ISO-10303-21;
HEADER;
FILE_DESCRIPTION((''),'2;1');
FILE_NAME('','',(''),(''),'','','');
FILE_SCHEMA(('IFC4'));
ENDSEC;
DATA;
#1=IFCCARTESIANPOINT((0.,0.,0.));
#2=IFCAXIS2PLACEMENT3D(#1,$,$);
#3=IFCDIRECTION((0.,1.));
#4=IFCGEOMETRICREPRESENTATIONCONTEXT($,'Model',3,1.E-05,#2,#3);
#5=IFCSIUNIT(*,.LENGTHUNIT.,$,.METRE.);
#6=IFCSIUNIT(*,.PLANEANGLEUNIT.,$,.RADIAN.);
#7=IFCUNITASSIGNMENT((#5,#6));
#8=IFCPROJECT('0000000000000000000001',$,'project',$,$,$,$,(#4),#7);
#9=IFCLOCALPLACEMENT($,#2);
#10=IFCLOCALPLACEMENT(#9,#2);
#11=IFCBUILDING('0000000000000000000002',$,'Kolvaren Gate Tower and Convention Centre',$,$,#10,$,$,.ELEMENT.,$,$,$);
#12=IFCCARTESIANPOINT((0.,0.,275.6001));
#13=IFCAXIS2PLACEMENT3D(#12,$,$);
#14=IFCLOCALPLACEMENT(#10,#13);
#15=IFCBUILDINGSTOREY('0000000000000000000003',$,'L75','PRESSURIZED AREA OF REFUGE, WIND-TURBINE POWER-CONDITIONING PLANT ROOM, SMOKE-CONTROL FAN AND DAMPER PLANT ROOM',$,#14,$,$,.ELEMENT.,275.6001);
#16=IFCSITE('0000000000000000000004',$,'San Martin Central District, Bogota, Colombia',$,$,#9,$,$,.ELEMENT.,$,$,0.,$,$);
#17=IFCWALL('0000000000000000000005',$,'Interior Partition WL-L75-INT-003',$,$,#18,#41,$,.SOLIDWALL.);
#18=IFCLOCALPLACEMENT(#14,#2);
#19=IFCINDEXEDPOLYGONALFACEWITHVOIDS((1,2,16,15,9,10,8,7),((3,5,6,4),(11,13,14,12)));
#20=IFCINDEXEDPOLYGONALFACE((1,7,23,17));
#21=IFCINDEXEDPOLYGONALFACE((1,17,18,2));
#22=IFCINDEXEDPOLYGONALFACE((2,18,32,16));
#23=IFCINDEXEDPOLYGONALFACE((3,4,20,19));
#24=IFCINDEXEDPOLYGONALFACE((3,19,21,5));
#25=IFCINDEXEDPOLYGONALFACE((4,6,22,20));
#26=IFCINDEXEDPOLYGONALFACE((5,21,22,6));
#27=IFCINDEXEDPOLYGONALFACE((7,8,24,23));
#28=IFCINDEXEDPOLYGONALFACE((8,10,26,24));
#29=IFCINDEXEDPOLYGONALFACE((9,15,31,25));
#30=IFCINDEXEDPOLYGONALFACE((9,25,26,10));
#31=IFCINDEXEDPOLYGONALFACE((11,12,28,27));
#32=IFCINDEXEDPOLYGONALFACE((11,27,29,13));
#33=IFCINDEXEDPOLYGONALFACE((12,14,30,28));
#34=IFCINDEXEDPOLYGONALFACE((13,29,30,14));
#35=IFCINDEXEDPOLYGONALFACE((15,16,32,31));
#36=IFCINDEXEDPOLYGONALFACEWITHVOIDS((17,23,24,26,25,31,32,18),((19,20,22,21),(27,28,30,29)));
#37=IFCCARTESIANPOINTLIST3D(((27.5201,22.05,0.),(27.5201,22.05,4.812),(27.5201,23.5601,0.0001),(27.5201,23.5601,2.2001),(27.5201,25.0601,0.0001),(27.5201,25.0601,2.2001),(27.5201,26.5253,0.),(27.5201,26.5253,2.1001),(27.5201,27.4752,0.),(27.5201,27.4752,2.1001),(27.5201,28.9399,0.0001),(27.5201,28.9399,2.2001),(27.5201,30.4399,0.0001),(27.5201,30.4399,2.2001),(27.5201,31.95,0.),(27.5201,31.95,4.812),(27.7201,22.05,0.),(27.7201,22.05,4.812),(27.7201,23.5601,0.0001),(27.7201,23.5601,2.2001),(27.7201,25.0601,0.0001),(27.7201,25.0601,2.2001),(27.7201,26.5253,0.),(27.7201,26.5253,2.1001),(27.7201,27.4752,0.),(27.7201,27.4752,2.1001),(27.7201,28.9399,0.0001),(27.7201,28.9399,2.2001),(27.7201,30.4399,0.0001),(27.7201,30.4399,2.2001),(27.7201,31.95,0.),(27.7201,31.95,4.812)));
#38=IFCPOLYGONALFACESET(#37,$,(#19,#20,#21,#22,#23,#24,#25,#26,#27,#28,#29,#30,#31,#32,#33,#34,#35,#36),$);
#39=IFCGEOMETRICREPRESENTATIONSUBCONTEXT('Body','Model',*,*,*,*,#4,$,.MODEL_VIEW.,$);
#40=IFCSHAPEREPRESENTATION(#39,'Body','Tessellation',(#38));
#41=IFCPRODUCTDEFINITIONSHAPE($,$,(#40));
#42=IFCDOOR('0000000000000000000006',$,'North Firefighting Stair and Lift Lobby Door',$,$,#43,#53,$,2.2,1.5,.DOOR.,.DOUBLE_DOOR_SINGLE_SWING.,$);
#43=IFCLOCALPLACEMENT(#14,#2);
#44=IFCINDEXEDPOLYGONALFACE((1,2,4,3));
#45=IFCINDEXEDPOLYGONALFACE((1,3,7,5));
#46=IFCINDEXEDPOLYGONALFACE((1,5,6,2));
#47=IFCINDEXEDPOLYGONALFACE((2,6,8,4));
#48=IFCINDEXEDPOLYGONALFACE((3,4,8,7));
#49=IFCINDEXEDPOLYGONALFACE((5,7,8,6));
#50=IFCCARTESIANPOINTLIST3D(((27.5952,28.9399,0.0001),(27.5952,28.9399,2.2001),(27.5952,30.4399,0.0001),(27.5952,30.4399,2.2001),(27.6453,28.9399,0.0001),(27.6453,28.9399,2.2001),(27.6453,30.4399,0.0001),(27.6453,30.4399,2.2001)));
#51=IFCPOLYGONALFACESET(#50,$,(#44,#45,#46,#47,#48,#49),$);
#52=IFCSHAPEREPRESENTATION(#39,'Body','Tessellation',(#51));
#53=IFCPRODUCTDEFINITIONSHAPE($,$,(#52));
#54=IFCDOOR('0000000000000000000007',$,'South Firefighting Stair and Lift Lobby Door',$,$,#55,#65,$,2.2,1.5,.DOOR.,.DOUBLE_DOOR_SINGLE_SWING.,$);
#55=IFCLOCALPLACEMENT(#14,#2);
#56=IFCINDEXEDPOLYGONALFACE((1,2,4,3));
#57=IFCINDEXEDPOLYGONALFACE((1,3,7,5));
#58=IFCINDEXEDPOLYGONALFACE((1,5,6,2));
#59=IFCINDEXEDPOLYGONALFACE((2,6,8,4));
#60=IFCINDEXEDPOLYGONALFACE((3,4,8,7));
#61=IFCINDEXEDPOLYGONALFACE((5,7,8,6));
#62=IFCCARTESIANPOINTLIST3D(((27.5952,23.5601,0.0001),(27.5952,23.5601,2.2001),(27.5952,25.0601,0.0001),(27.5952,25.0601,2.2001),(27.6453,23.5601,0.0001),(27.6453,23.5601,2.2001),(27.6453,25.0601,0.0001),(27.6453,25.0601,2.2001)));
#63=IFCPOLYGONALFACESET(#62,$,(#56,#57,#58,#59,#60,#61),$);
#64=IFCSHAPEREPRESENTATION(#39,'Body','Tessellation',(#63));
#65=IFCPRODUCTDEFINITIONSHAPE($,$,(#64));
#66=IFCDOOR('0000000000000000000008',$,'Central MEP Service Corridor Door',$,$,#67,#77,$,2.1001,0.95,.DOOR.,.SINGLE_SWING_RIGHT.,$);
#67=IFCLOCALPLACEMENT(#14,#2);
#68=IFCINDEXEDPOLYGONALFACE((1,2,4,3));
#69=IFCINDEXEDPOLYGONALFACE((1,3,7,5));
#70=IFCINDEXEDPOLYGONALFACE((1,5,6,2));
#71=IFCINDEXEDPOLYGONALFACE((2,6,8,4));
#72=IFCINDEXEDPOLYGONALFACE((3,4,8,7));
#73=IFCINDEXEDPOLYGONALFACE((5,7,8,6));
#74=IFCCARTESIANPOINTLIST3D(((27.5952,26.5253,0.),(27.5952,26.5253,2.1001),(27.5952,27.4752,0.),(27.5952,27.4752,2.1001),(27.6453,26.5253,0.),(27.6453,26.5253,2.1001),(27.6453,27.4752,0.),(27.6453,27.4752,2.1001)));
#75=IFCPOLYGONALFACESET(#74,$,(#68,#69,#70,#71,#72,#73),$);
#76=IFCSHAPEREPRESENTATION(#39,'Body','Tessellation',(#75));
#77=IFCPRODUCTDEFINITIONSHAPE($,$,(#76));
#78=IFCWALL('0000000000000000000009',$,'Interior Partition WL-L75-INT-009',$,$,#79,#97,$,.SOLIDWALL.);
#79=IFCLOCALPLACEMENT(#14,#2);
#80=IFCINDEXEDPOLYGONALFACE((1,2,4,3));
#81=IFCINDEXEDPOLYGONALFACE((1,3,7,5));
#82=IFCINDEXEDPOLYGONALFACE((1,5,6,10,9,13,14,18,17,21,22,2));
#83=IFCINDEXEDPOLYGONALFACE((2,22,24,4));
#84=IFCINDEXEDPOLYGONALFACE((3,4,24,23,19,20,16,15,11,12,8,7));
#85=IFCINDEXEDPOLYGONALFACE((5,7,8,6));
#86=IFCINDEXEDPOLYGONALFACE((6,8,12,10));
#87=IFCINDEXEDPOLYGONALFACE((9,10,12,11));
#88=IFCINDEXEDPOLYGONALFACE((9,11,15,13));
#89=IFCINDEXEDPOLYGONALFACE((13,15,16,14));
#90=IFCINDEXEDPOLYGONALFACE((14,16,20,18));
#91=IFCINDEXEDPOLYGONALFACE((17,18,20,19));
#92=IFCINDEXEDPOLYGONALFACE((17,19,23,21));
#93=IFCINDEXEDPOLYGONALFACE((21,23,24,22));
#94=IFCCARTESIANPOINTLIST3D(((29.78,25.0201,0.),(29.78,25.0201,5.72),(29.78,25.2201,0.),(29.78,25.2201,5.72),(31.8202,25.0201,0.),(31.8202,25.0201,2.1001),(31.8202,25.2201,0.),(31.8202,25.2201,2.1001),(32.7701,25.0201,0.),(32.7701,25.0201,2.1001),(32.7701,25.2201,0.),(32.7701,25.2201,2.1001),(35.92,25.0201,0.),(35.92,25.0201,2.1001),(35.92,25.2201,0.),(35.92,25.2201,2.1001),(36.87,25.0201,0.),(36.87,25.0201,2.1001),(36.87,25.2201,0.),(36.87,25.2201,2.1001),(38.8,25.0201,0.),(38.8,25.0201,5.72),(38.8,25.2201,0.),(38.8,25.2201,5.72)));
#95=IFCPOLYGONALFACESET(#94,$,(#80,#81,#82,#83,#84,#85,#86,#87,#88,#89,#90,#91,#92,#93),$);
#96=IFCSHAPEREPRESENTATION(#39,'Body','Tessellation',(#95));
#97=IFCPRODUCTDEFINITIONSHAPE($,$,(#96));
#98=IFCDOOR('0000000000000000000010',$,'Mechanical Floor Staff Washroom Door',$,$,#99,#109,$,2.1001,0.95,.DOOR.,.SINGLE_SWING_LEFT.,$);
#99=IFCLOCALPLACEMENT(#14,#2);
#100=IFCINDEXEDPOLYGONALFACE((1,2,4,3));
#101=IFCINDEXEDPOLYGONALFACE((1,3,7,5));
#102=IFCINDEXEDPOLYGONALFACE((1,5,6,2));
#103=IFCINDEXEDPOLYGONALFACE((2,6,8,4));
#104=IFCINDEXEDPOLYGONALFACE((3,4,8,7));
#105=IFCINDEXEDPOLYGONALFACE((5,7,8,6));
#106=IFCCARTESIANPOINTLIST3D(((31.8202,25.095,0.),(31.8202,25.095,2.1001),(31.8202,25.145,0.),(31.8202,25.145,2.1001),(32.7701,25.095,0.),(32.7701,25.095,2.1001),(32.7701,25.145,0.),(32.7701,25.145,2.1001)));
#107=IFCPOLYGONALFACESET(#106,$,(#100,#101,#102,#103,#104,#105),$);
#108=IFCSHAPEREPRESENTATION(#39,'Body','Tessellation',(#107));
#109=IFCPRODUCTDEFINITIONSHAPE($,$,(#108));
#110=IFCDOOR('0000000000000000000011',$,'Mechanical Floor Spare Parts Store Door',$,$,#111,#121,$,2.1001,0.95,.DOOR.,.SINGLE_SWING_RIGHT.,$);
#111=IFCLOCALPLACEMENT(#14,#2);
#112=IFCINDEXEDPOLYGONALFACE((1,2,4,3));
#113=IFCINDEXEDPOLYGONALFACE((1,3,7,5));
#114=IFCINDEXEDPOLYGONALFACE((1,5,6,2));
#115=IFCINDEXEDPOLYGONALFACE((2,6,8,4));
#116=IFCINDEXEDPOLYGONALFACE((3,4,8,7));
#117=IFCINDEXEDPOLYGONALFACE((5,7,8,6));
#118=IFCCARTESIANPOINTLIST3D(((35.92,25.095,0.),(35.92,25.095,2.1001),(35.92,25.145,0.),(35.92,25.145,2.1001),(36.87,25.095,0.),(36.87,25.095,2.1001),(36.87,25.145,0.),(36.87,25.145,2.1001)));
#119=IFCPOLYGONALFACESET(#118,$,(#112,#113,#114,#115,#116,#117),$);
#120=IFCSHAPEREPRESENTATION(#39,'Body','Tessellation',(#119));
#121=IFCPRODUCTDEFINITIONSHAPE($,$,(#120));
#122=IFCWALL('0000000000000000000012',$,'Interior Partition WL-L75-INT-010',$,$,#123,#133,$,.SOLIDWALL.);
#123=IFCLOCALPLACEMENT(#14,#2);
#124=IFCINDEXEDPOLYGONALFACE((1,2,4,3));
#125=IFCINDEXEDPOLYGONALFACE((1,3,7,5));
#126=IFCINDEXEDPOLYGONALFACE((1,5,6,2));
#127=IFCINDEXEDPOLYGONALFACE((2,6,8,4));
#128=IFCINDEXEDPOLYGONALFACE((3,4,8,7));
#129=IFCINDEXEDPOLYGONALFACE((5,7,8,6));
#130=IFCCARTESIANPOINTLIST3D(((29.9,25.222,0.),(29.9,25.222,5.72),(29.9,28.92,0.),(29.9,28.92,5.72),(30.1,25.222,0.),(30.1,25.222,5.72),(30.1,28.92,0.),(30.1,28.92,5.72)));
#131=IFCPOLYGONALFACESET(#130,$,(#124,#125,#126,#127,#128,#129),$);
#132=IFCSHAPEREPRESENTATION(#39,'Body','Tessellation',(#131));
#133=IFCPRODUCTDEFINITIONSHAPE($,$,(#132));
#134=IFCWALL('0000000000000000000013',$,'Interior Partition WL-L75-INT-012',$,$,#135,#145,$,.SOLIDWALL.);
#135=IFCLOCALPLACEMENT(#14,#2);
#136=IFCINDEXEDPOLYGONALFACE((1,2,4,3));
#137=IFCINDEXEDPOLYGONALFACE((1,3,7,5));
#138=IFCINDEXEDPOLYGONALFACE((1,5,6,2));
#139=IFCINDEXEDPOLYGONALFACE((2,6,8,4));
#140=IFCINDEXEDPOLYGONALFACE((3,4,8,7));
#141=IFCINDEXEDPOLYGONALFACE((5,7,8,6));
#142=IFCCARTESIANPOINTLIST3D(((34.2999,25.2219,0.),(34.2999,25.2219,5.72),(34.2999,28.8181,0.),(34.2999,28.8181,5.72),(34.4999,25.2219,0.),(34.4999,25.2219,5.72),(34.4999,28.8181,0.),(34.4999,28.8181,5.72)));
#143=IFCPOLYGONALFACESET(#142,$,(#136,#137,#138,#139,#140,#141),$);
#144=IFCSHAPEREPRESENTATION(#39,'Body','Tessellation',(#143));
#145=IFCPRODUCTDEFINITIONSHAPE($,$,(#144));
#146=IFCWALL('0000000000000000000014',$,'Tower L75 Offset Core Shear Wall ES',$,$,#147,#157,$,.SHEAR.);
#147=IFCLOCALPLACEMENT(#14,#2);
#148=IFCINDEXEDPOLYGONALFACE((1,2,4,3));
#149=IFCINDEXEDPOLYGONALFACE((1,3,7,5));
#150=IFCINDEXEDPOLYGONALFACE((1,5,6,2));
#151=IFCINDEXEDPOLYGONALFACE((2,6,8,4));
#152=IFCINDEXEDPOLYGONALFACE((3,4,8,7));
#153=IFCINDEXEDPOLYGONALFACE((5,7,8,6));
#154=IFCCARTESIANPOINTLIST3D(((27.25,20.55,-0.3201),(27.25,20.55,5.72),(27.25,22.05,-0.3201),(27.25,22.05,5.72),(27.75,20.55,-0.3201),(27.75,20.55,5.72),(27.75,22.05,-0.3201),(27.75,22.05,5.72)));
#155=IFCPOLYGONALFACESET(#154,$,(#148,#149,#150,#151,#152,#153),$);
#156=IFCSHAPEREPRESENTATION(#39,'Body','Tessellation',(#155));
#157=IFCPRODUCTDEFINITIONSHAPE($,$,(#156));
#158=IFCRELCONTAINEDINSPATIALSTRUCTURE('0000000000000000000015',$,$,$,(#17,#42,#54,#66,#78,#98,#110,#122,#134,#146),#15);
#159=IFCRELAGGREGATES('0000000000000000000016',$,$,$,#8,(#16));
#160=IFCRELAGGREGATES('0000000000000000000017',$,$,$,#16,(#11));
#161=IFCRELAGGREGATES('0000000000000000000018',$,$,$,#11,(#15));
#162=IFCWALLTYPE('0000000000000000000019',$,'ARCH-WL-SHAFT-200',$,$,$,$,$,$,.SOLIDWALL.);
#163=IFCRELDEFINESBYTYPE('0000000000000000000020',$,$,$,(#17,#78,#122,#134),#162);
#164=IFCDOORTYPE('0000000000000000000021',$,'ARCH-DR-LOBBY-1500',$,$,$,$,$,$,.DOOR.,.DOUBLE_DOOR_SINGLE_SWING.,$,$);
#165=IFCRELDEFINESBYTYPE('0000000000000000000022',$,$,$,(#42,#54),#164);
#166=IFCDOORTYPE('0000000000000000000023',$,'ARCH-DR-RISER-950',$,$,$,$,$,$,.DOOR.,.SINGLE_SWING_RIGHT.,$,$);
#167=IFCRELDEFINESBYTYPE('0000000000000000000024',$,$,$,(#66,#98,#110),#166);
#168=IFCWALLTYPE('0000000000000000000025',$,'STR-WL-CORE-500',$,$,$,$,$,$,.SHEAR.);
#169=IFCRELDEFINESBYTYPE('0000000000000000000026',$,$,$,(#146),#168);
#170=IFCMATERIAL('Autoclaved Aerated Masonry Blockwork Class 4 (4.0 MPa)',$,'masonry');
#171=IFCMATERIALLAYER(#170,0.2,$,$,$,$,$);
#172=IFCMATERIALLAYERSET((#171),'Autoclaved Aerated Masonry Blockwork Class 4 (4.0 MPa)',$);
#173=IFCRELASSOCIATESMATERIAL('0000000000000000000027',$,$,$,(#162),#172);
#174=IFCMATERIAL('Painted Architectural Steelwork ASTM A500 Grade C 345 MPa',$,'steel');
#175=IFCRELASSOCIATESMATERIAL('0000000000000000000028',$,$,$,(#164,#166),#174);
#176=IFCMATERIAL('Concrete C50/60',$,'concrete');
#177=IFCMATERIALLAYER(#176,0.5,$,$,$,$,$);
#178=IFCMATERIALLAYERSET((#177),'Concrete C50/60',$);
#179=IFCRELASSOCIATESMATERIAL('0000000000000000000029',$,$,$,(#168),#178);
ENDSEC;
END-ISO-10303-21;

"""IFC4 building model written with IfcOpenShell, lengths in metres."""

from ifc_helpers import new_model, si_unit, direction, frame, frame_2d, origin, place, context, subcontext, project, spatial, rectangle, extrude, material, layer, layer_set, type_object, element, fill, save


model = new_model("IFC4")

# Units and contexts
model_context = context("Model", 3, precision=1e-05, world=origin(), true_north=direction((0.0, 1.0)))
body_context = subcontext(model_context, "Body", "Model", "MODEL_VIEW")
ifc_project = project(units=[si_unit("LENGTHUNIT", "METRE"), si_unit("PLANEANGLEUNIT", "RADIAN")], contexts=[model_context])

# Site, building, storey
site_placement = place(None, origin())
site = spatial("IfcSite", under=ifc_project, at=site_placement, Name="San Martin Central District, Bogota, Colombia", CompositionType="ELEMENT", RefElevation=0.0)
building_placement = place(site_placement, origin())
building = spatial("IfcBuilding", under=site, at=building_placement, Name="Kolvaren Gate Tower and Convention Centre", CompositionType="ELEMENT")
storey_placement = place(building_placement, frame((0.0, 0.0, 275.6001)))
storey = spatial("IfcBuildingStorey", under=building, at=storey_placement, Name="L75", Description="PRESSURIZED AREA OF REFUGE, WIND-TURBINE POWER-CONDITIONING PLANT ROOM, SMOKE-CONTROL FAN AND DAMPER PLANT ROOM", CompositionType="ELEMENT", Elevation=275.6001)

# Shared definitions
ifc_material_1 = material(Name="Autoclaved Aerated Masonry Blockwork Class 4 (4.0 MPa)", Category="masonry")
ifc_layer_1 = layer(ifc_material_1, 0.2)
ifc_layer_set_1 = layer_set([ifc_layer_1], Name="Autoclaved Aerated Masonry Blockwork Class 4 (4.0 MPa)")
wall_type_1 = type_object("IfcWallType", Name="ARCH-WL-SHAFT-200", PredefinedType="SOLIDWALL", material=ifc_layer_set_1)

# Walls, openings, doors
wall_1_placement = place(storey_placement, frame((27.6201, 22.05, 0.0), z_axis=(0.0, 0.0, 1.0), x_axis=(0.0, 1.0, 0.0)))
wall_1 = element("IfcWall", 1, at=wall_1_placement, inside=storey, type_object=wall_type_1, Name="Interior Partition WL-L75-INT-003", PredefinedType="SOLIDWALL", context=body_context, shape_type="SweptSolid", body=[
    extrude(rectangle(XDim=9.8999, YDim=0.2, at=frame_2d((4.95, 0.0))), origin(), (0.0, 0.0, 1.0), 4.812),
])
opening_1_placement = place(wall_1_placement, frame((4.4751, 0.0, 0.0)))
opening_1 = element("IfcOpeningElement", 2, at=opening_1_placement, cuts=wall_1, PredefinedType="OPENING", context=body_context, shape_type="SweptSolid", body=[
    extrude(rectangle(XDim=0.95, YDim=2.1001, at=frame_2d((0.4751, 1.05))), frame((0.0, 0.1099, 0.0), z_axis=(0.0, -1.0, 0.0), x_axis=(1.0, 0.0, 0.0)), (0.0, 0.0, 1.0), 0.22),
])
opening_2_placement = place(wall_1_placement, frame((6.8899, 0.0, 0.0)))
opening_2 = element("IfcOpeningElement", 3, at=opening_2_placement, cuts=wall_1, PredefinedType="OPENING", context=body_context, shape_type="SweptSolid", body=[
    extrude(rectangle(XDim=1.5, YDim=2.2, at=frame_2d((0.75, 1.1001))), frame((0.0, 0.1099, 0.0), z_axis=(0.0, -1.0, 0.0), x_axis=(1.0, 0.0, 0.0)), (0.0, 0.0, 1.0), 0.22),
])
opening_3_placement = place(wall_1_placement, frame((1.51, 0.0, 0.0)))
opening_3 = element("IfcOpeningElement", 4, at=opening_3_placement, cuts=wall_1, PredefinedType="OPENING", context=body_context, shape_type="SweptSolid", body=[
    extrude(rectangle(XDim=1.5, YDim=2.2, at=frame_2d((0.75, 1.1001))), frame((0.0, 0.1099, 0.0), z_axis=(0.0, -1.0, 0.0), x_axis=(1.0, 0.0, 0.0)), (0.0, 0.0, 1.0), 0.22),
])
ifc_material_2 = material(Name="Painted Architectural Steelwork ASTM A500 Grade C 345 MPa", Category="steel")
door_type_1 = type_object("IfcDoorType", Name="ARCH-DR-LOBBY-1500", OperationType="DOUBLE_DOOR_SINGLE_SWING", PredefinedType="DOOR", material=ifc_material_2)
door_1_placement = place(opening_2_placement, origin())
door_1 = element("IfcDoor", 5, at=door_1_placement, inside=storey, type_object=door_type_1, Name="North Firefighting Stair and Lift Lobby Door", OperationType="DOUBLE_DOOR_SINGLE_SWING", OverallHeight=2.2, OverallWidth=1.5, PredefinedType="DOOR", context=body_context, shape_type="SweptSolid", body=[
    extrude(rectangle(XDim=1.5, YDim=2.2, at=frame_2d((0.75, 1.1001))), frame((0.0, 0.0249, 0.0), z_axis=(0.0, -1.0, 0.0), x_axis=(1.0, 0.0, 0.0)), (0.0, 0.0, 1.0), 0.05),
])
fill(opening_2, door_1)
door_2_placement = place(opening_3_placement, origin())
door_2 = element("IfcDoor", 6, at=door_2_placement, inside=storey, type_object=door_type_1, Name="South Firefighting Stair and Lift Lobby Door", OperationType="DOUBLE_DOOR_SINGLE_SWING", OverallHeight=2.2, OverallWidth=1.5, PredefinedType="DOOR", context=body_context, shape_type="SweptSolid", body=[
    extrude(rectangle(XDim=1.5, YDim=2.2, at=frame_2d((0.75, 1.1001))), frame((0.0, 0.0249, 0.0), z_axis=(0.0, -1.0, 0.0), x_axis=(1.0, 0.0, 0.0)), (0.0, 0.0, 1.0), 0.05),
])
fill(opening_3, door_2)
door_type_2 = type_object("IfcDoorType", Name="ARCH-DR-RISER-950", OperationType="SINGLE_SWING_RIGHT", PredefinedType="DOOR", material=ifc_material_2)
door_3_placement = place(opening_1_placement, origin())
door_3 = element("IfcDoor", 7, at=door_3_placement, inside=storey, type_object=door_type_2, Name="Central MEP Service Corridor Door", OperationType="SINGLE_SWING_RIGHT", OverallHeight=2.1001, OverallWidth=0.95, PredefinedType="DOOR", context=body_context, shape_type="SweptSolid", body=[
    extrude(rectangle(XDim=0.95, YDim=2.1001, at=frame_2d((0.4751, 1.05))), frame((0.0, 0.0249, 0.0), z_axis=(0.0, -1.0, 0.0), x_axis=(1.0, 0.0, 0.0)), (0.0, 0.0, 1.0), 0.05),
])
fill(opening_1, door_3)
wall_2_placement = place(storey_placement, frame((29.78, 25.1201, 0.0), z_axis=(0.0, 0.0, 1.0), x_axis=(1.0, 0.0, 0.0)))
wall_2 = element("IfcWall", 8, at=wall_2_placement, inside=storey, type_object=wall_type_1, Name="Interior Partition WL-L75-INT-009", PredefinedType="SOLIDWALL", context=body_context, shape_type="SweptSolid", body=[
    extrude(rectangle(XDim=9.02, YDim=0.2, at=frame_2d((4.51, 0.0))), origin(), (0.0, 0.0, 1.0), 5.72),
])
opening_4_placement = place(wall_2_placement, frame((2.04, 0.0, 0.0)))
opening_4 = element("IfcOpeningElement", 9, at=opening_4_placement, cuts=wall_2, PredefinedType="OPENING", context=body_context, shape_type="SweptSolid", body=[
    extrude(rectangle(XDim=0.95, YDim=2.1001, at=frame_2d((0.4751, 1.05))), frame((0.0, 0.1099, 0.0), z_axis=(0.0, -1.0, 0.0), x_axis=(1.0, 0.0, 0.0)), (0.0, 0.0, 1.0), 0.22),
])
opening_5_placement = place(wall_2_placement, frame((6.1399, 0.0, 0.0)))
opening_5 = element("IfcOpeningElement", 10, at=opening_5_placement, cuts=wall_2, PredefinedType="OPENING", context=body_context, shape_type="SweptSolid", body=[
    extrude(rectangle(XDim=0.95, YDim=2.1001, at=frame_2d((0.4751, 1.05))), frame((0.0, 0.1099, 0.0), z_axis=(0.0, -1.0, 0.0), x_axis=(1.0, 0.0, 0.0)), (0.0, 0.0, 1.0), 0.22),
])
door_4_placement = place(opening_4_placement, origin())
door_4 = element("IfcDoor", 11, at=door_4_placement, inside=storey, type_object=door_type_2, Name="Mechanical Floor Staff Washroom Door", OperationType="SINGLE_SWING_LEFT", OverallHeight=2.1001, OverallWidth=0.95, PredefinedType="DOOR", context=body_context, shape_type="SweptSolid", body=[
    extrude(rectangle(XDim=0.95, YDim=2.1001, at=frame_2d((0.4751, 1.05))), frame((0.0, 0.0249, 0.0), z_axis=(0.0, -1.0, 0.0), x_axis=(1.0, 0.0, 0.0)), (0.0, 0.0, 1.0), 0.05),
])
fill(opening_4, door_4)
door_5_placement = place(opening_5_placement, origin())
door_5 = element("IfcDoor", 12, at=door_5_placement, inside=storey, type_object=door_type_2, Name="Mechanical Floor Spare Parts Store Door", OperationType="SINGLE_SWING_RIGHT", OverallHeight=2.1001, OverallWidth=0.95, PredefinedType="DOOR", context=body_context, shape_type="SweptSolid", body=[
    extrude(rectangle(XDim=0.95, YDim=2.1001, at=frame_2d((0.4751, 1.05))), frame((0.0, 0.0249, 0.0), z_axis=(0.0, -1.0, 0.0), x_axis=(1.0, 0.0, 0.0)), (0.0, 0.0, 1.0), 0.05),
])
fill(opening_5, door_5)

# Walls
wall_3_placement = place(storey_placement, frame((30.0, 25.2219, 0.0), z_axis=(0.0, 0.0, 1.0), x_axis=(0.0, 1.0, 0.0)))
element("IfcWall", 13, at=wall_3_placement, inside=storey, type_object=wall_type_1, Name="Interior Partition WL-L75-INT-010", PredefinedType="SOLIDWALL", context=body_context, shape_type="SweptSolid", body=[
    extrude(rectangle(XDim=3.698, YDim=0.2, at=frame_2d((1.8491, 0.0))), origin(), (0.0, 0.0, 1.0), 5.72),
])
wall_4_placement = place(storey_placement, frame((34.3999, 25.2219, 0.0), z_axis=(0.0, 0.0, 1.0), x_axis=(0.0, 1.0, 0.0)))
element("IfcWall", 14, at=wall_4_placement, inside=storey, type_object=wall_type_1, Name="Interior Partition WL-L75-INT-012", PredefinedType="SOLIDWALL", context=body_context, shape_type="SweptSolid", body=[
    extrude(rectangle(XDim=3.5962, YDim=0.2, at=frame_2d((1.7981, 0.0))), origin(), (0.0, 0.0, 1.0), 5.72),
])
ifc_material_3 = material(Name="Concrete C50/60", Category="concrete")
ifc_layer_2 = layer(ifc_material_3, 0.5)
ifc_layer_set_2 = layer_set([ifc_layer_2], Name="Concrete C50/60")
wall_type_2 = type_object("IfcWallType", Name="STR-WL-CORE-500", PredefinedType="SHEAR", material=ifc_layer_set_2)
wall_5_placement = place(storey_placement, frame((27.5, 20.55, -0.3201), z_axis=(0.0, 0.0, 1.0), x_axis=(0.0, 1.0, 0.0)))
element("IfcWall", 15, at=wall_5_placement, inside=storey, type_object=wall_type_2, Name="Tower L75 Offset Core Shear Wall ES", PredefinedType="SHEAR", context=body_context, shape_type="SweptSolid", body=[
    extrude(rectangle(XDim=1.5, YDim=0.5, at=frame_2d((0.75, 0.0))), origin(), (0.0, 0.0, 1.0), 6.04),
])

save(model, "model.ifc")
